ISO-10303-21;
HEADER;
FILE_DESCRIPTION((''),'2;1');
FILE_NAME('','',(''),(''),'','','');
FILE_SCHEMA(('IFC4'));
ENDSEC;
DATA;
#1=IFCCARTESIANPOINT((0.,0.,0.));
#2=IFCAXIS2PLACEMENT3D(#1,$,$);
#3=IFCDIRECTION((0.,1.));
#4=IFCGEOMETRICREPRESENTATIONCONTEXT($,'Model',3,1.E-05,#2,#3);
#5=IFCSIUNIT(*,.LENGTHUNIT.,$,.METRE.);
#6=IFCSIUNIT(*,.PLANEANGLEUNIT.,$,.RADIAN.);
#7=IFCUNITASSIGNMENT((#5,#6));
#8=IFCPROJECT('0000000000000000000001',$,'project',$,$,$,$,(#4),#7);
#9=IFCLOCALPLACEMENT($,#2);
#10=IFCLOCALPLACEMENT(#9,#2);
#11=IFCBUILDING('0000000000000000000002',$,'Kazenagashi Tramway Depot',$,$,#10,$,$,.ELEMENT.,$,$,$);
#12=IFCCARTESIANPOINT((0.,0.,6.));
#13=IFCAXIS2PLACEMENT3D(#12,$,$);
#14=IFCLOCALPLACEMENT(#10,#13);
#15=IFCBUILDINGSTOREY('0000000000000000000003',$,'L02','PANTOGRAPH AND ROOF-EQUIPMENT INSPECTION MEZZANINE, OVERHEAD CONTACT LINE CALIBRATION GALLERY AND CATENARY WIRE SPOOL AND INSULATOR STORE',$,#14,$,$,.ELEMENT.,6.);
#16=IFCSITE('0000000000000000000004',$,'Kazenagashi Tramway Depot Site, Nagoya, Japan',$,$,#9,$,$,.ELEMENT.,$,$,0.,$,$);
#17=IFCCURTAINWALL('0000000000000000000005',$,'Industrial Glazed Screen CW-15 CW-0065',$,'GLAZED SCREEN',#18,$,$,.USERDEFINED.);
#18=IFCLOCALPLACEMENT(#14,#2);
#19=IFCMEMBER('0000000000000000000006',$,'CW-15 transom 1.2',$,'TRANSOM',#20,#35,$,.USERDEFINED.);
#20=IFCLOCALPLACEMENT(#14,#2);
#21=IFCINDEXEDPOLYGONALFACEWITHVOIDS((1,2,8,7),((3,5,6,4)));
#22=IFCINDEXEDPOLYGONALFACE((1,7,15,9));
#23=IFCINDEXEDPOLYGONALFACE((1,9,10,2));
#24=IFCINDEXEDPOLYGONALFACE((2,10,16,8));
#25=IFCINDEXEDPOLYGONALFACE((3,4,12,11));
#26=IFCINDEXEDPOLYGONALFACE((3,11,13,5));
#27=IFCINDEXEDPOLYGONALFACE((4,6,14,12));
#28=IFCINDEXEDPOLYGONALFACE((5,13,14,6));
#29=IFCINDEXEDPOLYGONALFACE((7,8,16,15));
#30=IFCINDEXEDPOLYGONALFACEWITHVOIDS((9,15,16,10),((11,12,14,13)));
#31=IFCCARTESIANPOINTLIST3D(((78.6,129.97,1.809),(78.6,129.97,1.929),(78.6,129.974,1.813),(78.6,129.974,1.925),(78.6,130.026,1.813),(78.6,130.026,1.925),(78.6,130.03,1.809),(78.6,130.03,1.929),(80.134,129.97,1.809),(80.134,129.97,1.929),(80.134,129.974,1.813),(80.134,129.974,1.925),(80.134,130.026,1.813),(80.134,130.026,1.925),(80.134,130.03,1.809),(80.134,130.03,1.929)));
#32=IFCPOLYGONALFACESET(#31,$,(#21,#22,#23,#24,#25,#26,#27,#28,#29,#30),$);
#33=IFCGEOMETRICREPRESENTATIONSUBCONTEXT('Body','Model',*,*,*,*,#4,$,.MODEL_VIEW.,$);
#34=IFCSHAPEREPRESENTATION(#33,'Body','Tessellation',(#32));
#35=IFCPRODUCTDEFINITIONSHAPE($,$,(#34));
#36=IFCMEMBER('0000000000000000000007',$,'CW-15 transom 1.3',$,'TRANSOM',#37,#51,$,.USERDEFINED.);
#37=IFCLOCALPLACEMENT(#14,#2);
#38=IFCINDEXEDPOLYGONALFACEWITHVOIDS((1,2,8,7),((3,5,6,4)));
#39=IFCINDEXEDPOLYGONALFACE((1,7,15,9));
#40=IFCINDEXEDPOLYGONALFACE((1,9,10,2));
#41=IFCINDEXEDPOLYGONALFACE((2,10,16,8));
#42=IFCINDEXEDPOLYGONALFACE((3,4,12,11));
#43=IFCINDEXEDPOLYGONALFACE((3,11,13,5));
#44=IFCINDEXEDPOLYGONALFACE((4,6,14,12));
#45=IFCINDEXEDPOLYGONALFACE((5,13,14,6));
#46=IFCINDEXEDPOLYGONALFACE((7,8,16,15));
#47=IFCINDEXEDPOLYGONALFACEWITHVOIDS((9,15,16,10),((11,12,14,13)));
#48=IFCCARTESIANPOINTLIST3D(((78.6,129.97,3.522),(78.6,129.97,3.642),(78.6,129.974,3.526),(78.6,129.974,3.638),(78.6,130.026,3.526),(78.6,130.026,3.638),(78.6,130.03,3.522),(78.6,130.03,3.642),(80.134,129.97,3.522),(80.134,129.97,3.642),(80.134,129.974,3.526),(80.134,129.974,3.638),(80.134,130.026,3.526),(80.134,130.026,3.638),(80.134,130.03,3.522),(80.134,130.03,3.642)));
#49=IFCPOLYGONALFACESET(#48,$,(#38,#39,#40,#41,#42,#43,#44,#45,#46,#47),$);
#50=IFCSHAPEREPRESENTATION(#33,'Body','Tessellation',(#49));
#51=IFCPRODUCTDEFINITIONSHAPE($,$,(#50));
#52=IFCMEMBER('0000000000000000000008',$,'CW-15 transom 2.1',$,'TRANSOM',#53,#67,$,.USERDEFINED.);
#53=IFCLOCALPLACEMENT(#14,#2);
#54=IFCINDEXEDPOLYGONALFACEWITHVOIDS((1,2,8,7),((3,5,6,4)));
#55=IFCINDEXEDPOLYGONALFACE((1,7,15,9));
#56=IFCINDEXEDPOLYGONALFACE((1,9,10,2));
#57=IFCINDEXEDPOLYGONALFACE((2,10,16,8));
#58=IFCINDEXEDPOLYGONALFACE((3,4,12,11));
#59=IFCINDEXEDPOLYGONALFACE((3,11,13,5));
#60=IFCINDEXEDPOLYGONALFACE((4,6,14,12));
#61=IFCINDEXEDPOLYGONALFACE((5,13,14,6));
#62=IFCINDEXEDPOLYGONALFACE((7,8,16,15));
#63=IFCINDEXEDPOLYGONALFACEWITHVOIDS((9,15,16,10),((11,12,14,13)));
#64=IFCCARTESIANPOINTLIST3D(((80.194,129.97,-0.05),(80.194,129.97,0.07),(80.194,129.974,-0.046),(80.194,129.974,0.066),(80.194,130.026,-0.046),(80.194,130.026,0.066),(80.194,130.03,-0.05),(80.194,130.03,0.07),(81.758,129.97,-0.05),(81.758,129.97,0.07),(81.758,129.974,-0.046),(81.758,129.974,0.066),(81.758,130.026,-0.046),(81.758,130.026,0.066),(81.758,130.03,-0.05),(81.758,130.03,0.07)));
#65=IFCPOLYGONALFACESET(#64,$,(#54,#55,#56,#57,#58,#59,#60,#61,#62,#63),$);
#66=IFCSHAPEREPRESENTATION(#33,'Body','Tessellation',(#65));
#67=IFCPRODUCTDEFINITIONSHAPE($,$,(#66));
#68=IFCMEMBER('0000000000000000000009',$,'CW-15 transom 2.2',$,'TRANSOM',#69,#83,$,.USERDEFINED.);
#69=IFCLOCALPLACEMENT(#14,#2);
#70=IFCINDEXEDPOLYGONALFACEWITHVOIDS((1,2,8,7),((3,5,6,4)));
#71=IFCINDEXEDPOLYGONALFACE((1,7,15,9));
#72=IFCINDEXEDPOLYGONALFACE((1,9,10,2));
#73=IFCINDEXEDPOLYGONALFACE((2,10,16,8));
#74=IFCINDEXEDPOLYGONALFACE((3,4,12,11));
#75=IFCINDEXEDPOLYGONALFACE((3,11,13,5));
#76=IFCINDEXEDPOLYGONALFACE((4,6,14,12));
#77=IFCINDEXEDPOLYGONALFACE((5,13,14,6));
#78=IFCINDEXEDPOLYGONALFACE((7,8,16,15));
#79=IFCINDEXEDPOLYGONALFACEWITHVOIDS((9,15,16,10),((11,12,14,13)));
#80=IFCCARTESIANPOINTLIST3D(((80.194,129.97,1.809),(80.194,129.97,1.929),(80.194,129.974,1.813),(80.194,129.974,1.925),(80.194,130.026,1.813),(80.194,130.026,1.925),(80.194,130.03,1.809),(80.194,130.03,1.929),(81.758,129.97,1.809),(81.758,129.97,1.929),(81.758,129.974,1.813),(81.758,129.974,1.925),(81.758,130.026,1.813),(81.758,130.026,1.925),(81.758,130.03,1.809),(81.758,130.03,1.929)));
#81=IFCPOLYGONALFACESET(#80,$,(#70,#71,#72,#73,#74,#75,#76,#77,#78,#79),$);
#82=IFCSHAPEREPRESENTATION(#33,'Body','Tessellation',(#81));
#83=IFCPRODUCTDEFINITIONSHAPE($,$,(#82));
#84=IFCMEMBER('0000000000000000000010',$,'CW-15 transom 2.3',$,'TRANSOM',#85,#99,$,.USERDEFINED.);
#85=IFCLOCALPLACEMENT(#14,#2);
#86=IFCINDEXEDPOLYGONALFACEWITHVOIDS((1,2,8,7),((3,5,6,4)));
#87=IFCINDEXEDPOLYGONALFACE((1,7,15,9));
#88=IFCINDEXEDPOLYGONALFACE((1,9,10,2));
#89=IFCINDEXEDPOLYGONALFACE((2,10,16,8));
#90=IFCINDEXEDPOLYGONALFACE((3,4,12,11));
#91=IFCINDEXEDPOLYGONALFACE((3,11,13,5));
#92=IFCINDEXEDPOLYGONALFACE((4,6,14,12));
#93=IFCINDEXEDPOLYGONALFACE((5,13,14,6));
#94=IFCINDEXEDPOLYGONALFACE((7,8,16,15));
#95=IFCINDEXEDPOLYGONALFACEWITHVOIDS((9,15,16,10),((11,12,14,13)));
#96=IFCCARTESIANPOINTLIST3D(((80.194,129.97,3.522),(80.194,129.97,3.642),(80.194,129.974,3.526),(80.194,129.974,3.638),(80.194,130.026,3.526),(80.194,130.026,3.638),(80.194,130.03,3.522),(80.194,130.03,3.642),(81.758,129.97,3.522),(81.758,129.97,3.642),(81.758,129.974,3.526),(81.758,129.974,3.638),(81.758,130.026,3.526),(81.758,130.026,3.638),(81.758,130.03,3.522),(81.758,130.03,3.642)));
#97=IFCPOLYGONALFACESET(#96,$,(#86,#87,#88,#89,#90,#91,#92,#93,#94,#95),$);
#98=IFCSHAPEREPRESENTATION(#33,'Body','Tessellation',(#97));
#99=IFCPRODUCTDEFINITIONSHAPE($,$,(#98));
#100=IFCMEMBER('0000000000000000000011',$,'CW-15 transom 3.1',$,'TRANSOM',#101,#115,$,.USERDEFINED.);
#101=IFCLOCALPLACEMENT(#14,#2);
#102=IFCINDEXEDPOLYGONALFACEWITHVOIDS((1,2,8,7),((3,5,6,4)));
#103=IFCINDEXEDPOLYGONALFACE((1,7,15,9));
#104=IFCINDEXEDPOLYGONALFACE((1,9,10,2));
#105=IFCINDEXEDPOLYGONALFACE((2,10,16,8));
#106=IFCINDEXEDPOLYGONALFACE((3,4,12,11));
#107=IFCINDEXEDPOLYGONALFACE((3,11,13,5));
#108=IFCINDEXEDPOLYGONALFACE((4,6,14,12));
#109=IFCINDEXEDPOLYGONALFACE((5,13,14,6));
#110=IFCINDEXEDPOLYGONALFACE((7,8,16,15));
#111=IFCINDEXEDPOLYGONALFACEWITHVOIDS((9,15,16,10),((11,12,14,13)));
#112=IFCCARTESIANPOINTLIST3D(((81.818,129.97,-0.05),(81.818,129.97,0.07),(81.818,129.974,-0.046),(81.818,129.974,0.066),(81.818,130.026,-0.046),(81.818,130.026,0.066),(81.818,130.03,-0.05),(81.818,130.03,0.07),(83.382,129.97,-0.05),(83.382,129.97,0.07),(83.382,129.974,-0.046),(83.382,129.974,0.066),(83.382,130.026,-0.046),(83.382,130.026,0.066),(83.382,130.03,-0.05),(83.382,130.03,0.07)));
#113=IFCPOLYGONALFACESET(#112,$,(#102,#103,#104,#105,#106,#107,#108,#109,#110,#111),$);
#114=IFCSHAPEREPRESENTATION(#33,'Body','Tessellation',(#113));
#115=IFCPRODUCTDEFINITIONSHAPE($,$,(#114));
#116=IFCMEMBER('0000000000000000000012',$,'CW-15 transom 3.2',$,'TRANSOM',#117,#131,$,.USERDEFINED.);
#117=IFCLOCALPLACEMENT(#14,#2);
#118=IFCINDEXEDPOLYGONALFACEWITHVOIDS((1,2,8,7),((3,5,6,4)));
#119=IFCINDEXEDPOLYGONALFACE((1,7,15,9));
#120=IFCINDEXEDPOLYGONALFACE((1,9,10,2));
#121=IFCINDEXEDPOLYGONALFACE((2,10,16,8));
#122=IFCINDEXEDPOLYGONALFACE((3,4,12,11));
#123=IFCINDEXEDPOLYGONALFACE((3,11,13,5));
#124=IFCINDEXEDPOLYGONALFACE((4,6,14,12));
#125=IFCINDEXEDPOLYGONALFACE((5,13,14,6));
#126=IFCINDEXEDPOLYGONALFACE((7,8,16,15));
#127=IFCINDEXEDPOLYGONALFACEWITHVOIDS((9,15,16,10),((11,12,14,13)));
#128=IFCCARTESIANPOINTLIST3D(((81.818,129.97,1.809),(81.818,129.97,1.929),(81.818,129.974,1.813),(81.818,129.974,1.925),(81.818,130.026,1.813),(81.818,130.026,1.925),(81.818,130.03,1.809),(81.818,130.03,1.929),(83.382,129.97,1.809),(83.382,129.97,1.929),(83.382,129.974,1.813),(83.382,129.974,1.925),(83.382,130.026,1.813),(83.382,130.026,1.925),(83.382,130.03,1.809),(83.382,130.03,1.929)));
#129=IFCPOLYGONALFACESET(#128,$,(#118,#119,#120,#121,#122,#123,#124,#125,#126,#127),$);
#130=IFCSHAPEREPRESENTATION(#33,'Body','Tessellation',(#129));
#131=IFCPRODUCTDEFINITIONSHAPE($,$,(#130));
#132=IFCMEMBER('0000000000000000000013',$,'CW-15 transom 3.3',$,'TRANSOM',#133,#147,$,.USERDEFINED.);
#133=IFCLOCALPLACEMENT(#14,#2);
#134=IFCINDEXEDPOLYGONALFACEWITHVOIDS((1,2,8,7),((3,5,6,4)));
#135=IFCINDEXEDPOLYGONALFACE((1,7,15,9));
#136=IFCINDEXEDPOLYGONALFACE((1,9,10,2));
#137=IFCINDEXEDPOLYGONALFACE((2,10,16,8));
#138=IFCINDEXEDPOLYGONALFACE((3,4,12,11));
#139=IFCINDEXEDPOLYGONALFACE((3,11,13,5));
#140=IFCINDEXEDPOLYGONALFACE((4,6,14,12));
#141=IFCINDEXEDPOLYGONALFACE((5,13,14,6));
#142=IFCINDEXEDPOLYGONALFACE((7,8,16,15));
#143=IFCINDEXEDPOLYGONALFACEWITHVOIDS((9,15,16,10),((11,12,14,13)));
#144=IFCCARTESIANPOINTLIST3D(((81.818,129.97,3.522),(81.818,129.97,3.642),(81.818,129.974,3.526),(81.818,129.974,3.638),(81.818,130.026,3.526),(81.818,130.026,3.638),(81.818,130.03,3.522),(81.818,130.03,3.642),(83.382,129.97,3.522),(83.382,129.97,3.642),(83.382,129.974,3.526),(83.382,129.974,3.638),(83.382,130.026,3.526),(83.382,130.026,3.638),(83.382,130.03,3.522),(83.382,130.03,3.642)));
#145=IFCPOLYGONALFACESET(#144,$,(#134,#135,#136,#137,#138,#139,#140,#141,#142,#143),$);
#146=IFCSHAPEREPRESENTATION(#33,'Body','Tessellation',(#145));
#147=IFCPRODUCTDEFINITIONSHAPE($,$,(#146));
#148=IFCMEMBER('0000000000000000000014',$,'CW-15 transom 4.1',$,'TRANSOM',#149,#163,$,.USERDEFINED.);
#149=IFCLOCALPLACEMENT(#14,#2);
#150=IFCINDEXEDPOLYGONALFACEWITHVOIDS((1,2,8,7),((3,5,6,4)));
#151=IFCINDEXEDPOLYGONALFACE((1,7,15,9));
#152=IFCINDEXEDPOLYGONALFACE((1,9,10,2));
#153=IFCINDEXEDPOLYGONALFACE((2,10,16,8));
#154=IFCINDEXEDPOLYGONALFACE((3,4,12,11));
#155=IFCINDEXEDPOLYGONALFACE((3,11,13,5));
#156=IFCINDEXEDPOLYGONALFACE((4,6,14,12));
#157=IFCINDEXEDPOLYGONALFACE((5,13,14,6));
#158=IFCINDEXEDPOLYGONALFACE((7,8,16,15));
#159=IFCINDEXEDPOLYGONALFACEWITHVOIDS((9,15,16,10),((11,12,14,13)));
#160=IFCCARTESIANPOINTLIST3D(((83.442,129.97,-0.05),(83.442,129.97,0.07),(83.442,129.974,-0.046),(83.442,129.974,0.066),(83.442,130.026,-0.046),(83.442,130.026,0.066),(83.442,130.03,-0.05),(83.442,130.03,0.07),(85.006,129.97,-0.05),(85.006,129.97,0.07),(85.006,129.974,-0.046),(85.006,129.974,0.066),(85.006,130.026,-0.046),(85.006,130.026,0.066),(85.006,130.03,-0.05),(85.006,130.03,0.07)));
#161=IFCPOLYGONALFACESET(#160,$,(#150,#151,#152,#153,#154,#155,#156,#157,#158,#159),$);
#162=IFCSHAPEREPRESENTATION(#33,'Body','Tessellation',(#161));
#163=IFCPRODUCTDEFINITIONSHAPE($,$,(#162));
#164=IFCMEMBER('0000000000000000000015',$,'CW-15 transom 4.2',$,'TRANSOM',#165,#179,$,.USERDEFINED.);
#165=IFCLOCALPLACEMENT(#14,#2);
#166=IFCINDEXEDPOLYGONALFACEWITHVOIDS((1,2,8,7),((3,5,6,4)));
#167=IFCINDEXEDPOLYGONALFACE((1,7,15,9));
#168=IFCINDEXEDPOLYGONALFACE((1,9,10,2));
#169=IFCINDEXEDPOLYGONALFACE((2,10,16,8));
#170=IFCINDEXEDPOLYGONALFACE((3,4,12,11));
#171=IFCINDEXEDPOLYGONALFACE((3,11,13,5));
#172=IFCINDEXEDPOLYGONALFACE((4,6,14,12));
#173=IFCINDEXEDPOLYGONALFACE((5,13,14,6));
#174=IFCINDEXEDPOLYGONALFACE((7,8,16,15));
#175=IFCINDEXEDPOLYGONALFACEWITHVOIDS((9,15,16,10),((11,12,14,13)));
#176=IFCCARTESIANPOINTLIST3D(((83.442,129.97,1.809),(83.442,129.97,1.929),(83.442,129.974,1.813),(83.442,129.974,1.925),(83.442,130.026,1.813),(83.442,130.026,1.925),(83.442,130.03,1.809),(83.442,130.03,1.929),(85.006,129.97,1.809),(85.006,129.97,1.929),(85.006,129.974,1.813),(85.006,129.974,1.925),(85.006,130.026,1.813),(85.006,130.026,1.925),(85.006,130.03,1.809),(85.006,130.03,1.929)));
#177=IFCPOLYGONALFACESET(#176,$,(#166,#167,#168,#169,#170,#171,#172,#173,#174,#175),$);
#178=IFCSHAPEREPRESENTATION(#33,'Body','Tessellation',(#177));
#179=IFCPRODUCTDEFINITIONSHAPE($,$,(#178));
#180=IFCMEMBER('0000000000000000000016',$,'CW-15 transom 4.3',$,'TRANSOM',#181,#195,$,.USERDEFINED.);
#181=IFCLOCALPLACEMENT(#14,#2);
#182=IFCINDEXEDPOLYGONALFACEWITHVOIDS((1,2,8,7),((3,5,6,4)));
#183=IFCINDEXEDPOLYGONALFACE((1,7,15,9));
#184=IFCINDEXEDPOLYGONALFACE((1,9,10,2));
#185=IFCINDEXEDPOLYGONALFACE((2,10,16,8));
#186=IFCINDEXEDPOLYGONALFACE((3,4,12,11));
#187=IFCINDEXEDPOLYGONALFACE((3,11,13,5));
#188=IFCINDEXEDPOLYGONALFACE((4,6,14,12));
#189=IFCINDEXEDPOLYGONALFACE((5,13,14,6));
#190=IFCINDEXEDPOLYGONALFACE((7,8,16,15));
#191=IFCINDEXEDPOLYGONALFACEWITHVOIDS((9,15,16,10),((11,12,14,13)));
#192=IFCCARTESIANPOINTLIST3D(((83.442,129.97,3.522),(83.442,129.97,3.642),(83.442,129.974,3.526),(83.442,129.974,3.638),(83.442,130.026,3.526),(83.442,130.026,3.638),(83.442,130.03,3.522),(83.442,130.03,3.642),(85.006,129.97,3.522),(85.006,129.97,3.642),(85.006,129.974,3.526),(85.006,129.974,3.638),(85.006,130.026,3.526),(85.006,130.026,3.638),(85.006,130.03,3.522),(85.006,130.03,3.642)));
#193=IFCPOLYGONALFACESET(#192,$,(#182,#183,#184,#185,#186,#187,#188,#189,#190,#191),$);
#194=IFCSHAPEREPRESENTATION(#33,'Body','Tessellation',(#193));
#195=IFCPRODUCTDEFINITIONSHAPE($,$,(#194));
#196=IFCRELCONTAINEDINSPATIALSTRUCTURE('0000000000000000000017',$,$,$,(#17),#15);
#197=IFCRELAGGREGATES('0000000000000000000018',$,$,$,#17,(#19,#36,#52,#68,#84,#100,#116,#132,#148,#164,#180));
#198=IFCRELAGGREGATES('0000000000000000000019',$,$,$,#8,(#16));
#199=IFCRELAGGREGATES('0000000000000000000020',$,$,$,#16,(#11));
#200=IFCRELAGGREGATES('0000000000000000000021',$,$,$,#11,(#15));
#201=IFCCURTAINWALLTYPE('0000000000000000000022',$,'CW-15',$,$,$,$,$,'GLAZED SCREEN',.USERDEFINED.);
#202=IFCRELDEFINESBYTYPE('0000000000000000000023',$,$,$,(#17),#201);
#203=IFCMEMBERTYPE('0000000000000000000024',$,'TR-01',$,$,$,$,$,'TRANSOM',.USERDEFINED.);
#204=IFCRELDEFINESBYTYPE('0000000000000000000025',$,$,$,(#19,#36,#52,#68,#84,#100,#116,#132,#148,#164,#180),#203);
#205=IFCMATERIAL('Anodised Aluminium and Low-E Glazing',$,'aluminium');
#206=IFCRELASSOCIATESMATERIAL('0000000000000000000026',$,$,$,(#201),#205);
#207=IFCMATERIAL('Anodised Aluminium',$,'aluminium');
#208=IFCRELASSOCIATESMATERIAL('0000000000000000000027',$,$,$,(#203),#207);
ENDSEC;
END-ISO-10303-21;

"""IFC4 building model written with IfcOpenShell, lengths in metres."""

from ifc_helpers import new_model, si_unit, direction, frame, origin, origin_2d, place, context, subcontext, project, spatial, hollow_rectangle, extrude, material, material_profile, profile_set, type_object, element, aggregate, save


model = new_model("IFC4")

# Units and contexts
model_context = context("Model", 3, precision=1e-05, world=origin(), true_north=direction((0.0, 1.0)))
body_context = subcontext(model_context, "Body", "Model", "MODEL_VIEW")
ifc_project = project(units=[si_unit("LENGTHUNIT", "METRE"), si_unit("PLANEANGLEUNIT", "RADIAN")], contexts=[model_context])

# Site, building, storey
site_placement = place(None, origin())
site = spatial("IfcSite", under=ifc_project, at=site_placement, Name="Kazenagashi Tramway Depot Site, Nagoya, Japan", CompositionType="ELEMENT", RefElevation=0.0)
building_placement = place(site_placement, origin())
building = spatial("IfcBuilding", under=site, at=building_placement, Name="Kazenagashi Tramway Depot", CompositionType="ELEMENT")
storey_placement = place(building_placement, frame((0.0, 0.0, 6.0)))
storey = spatial("IfcBuildingStorey", under=building, at=storey_placement, Name="L02", Description="PANTOGRAPH AND ROOF-EQUIPMENT INSPECTION MEZZANINE, OVERHEAD CONTACT LINE CALIBRATION GALLERY AND CATENARY WIRE SPOOL AND INSULATOR STORE", CompositionType="ELEMENT", Elevation=6.0)

# Curtain wall
ifc_material_1 = material(Name="Anodised Aluminium and Low-E Glazing", Category="aluminium")
curtain_wall_type = type_object("IfcCurtainWallType", Name="CW-15", ElementType="GLAZED SCREEN", PredefinedType="USERDEFINED", material=ifc_material_1)
curtain_wall_placement = place(storey_placement, origin())
curtain_wall = element("IfcCurtainWall", 1, at=curtain_wall_placement, inside=storey, type_object=curtain_wall_type, Name="Industrial Glazed Screen CW-15 CW-0065", ObjectType="GLAZED SCREEN", PredefinedType="USERDEFINED")
ifc_material_2 = material(Name="Anodised Aluminium", Category="aluminium")

# Members
ifc_material_profile_1 = material_profile(ifc_material_2, hollow_rectangle(XDim=0.06, YDim=0.12, WallThickness=0.004, at=origin_2d()), Name="RHS-120x60x4")
ifc_profile_set_1 = profile_set([ifc_material_profile_1], Name="Anodised Aluminium")
member_type_1 = type_object("IfcMemberType", Name="TR-01", ElementType="TRANSOM", PredefinedType="USERDEFINED", material=ifc_profile_set_1)
member_1_placement = place(storey_placement, frame((78.6, 130.0, 1.869), z_axis=(1.0, 0.0, 0.0), x_axis=(0.0, 1.0, 0.0)))
member_1 = element("IfcMember", 2, at=member_1_placement, type_object=member_type_1, Name="CW-15 transom 1.2", ObjectType="TRANSOM", PredefinedType="USERDEFINED", context=body_context, shape_type="SweptSolid", body=[
    extrude(hollow_rectangle(XDim=0.06, YDim=0.12, WallThickness=0.004, at=origin_2d()), origin(), (0.0, 0.0, 1.0), 1.534),
])
member_2_placement = place(storey_placement, frame((78.6, 130.0, 3.582), z_axis=(1.0, 0.0, 0.0), x_axis=(0.0, 1.0, 0.0)))
member_2 = element("IfcMember", 3, at=member_2_placement, type_object=member_type_1, Name="CW-15 transom 1.3", ObjectType="TRANSOM", PredefinedType="USERDEFINED", context=body_context, shape_type="SweptSolid", body=[
    extrude(hollow_rectangle(XDim=0.06, YDim=0.12, WallThickness=0.004, at=origin_2d()), origin(), (0.0, 0.0, 1.0), 1.534),
])
member_3_placement = place(storey_placement, frame((80.194, 130.0, 0.01), z_axis=(1.0, 0.0, 0.0), x_axis=(0.0, 1.0, 0.0)))
member_3 = element("IfcMember", 4, at=member_3_placement, type_object=member_type_1, Name="CW-15 transom 2.1", ObjectType="TRANSOM", PredefinedType="USERDEFINED", context=body_context, shape_type="SweptSolid", body=[
    extrude(hollow_rectangle(XDim=0.06, YDim=0.12, WallThickness=0.004, at=origin_2d()), origin(), (0.0, 0.0, 1.0), 1.564),
])
member_4_placement = place(storey_placement, frame((80.194, 130.0, 1.869), z_axis=(1.0, 0.0, 0.0), x_axis=(0.0, 1.0, 0.0)))
member_4 = element("IfcMember", 5, at=member_4_placement, type_object=member_type_1, Name="CW-15 transom 2.2", ObjectType="TRANSOM", PredefinedType="USERDEFINED", context=body_context, shape_type="SweptSolid", body=[
    extrude(hollow_rectangle(XDim=0.06, YDim=0.12, WallThickness=0.004, at=origin_2d()), origin(), (0.0, 0.0, 1.0), 1.564),
])
member_5_placement = place(storey_placement, frame((80.194, 130.0, 3.582), z_axis=(1.0, 0.0, 0.0), x_axis=(0.0, 1.0, 0.0)))
member_5 = element("IfcMember", 6, at=member_5_placement, type_object=member_type_1, Name="CW-15 transom 2.3", ObjectType="TRANSOM", PredefinedType="USERDEFINED", context=body_context, shape_type="SweptSolid", body=[
    extrude(hollow_rectangle(XDim=0.06, YDim=0.12, WallThickness=0.004, at=origin_2d()), origin(), (0.0, 0.0, 1.0), 1.564),
])
member_6_placement = place(storey_placement, frame((81.818, 130.0, 0.01), z_axis=(1.0, 0.0, 0.0), x_axis=(0.0, 1.0, 0.0)))
member_6 = element("IfcMember", 7, at=member_6_placement, type_object=member_type_1, Name="CW-15 transom 3.1", ObjectType="TRANSOM", PredefinedType="USERDEFINED", context=body_context, shape_type="SweptSolid", body=[
    extrude(hollow_rectangle(XDim=0.06, YDim=0.12, WallThickness=0.004, at=origin_2d()), origin(), (0.0, 0.0, 1.0), 1.564),
])
member_7_placement = place(storey_placement, frame((81.818, 130.0, 1.869), z_axis=(1.0, 0.0, 0.0), x_axis=(0.0, 1.0, 0.0)))
member_7 = element("IfcMember", 8, at=member_7_placement, type_object=member_type_1, Name="CW-15 transom 3.2", ObjectType="TRANSOM", PredefinedType="USERDEFINED", context=body_context, shape_type="SweptSolid", body=[
    extrude(hollow_rectangle(XDim=0.06, YDim=0.12, WallThickness=0.004, at=origin_2d()), origin(), (0.0, 0.0, 1.0), 1.564),
])
member_8_placement = place(storey_placement, frame((81.818, 130.0, 3.582), z_axis=(1.0, 0.0, 0.0), x_axis=(0.0, 1.0, 0.0)))
member_8 = element("IfcMember", 9, at=member_8_placement, type_object=member_type_1, Name="CW-15 transom 3.3", ObjectType="TRANSOM", PredefinedType="USERDEFINED", context=body_context, shape_type="SweptSolid", body=[
    extrude(hollow_rectangle(XDim=0.06, YDim=0.12, WallThickness=0.004, at=origin_2d()), origin(), (0.0, 0.0, 1.0), 1.564),
])
member_9_placement = place(storey_placement, frame((83.442, 130.0, 0.01), z_axis=(1.0, 0.0, 0.0), x_axis=(0.0, 1.0, 0.0)))
member_9 = element("IfcMember", 10, at=member_9_placement, type_object=member_type_1, Name="CW-15 transom 4.1", ObjectType="TRANSOM", PredefinedType="USERDEFINED", context=body_context, shape_type="SweptSolid", body=[
    extrude(hollow_rectangle(XDim=0.06, YDim=0.12, WallThickness=0.004, at=origin_2d()), origin(), (0.0, 0.0, 1.0), 1.564),
])
member_10_placement = place(storey_placement, frame((83.442, 130.0, 1.869), z_axis=(1.0, 0.0, 0.0), x_axis=(0.0, 1.0, 0.0)))
member_10 = element("IfcMember", 11, at=member_10_placement, type_object=member_type_1, Name="CW-15 transom 4.2", ObjectType="TRANSOM", PredefinedType="USERDEFINED", context=body_context, shape_type="SweptSolid", body=[
    extrude(hollow_rectangle(XDim=0.06, YDim=0.12, WallThickness=0.004, at=origin_2d()), origin(), (0.0, 0.0, 1.0), 1.564),
])
member_11_placement = place(storey_placement, frame((83.442, 130.0, 3.582), z_axis=(1.0, 0.0, 0.0), x_axis=(0.0, 1.0, 0.0)))
member_11 = element("IfcMember", 12, at=member_11_placement, type_object=member_type_1, Name="CW-15 transom 4.3", ObjectType="TRANSOM", PredefinedType="USERDEFINED", context=body_context, shape_type="SweptSolid", body=[
    extrude(hollow_rectangle(XDim=0.06, YDim=0.12, WallThickness=0.004, at=origin_2d()), origin(), (0.0, 0.0, 1.0), 1.564),
])

aggregate(curtain_wall, [member_1, member_2, member_3, member_4, member_5, member_6, member_7, member_8, member_9, member_10, member_11])

save(model, "model.ifc")
